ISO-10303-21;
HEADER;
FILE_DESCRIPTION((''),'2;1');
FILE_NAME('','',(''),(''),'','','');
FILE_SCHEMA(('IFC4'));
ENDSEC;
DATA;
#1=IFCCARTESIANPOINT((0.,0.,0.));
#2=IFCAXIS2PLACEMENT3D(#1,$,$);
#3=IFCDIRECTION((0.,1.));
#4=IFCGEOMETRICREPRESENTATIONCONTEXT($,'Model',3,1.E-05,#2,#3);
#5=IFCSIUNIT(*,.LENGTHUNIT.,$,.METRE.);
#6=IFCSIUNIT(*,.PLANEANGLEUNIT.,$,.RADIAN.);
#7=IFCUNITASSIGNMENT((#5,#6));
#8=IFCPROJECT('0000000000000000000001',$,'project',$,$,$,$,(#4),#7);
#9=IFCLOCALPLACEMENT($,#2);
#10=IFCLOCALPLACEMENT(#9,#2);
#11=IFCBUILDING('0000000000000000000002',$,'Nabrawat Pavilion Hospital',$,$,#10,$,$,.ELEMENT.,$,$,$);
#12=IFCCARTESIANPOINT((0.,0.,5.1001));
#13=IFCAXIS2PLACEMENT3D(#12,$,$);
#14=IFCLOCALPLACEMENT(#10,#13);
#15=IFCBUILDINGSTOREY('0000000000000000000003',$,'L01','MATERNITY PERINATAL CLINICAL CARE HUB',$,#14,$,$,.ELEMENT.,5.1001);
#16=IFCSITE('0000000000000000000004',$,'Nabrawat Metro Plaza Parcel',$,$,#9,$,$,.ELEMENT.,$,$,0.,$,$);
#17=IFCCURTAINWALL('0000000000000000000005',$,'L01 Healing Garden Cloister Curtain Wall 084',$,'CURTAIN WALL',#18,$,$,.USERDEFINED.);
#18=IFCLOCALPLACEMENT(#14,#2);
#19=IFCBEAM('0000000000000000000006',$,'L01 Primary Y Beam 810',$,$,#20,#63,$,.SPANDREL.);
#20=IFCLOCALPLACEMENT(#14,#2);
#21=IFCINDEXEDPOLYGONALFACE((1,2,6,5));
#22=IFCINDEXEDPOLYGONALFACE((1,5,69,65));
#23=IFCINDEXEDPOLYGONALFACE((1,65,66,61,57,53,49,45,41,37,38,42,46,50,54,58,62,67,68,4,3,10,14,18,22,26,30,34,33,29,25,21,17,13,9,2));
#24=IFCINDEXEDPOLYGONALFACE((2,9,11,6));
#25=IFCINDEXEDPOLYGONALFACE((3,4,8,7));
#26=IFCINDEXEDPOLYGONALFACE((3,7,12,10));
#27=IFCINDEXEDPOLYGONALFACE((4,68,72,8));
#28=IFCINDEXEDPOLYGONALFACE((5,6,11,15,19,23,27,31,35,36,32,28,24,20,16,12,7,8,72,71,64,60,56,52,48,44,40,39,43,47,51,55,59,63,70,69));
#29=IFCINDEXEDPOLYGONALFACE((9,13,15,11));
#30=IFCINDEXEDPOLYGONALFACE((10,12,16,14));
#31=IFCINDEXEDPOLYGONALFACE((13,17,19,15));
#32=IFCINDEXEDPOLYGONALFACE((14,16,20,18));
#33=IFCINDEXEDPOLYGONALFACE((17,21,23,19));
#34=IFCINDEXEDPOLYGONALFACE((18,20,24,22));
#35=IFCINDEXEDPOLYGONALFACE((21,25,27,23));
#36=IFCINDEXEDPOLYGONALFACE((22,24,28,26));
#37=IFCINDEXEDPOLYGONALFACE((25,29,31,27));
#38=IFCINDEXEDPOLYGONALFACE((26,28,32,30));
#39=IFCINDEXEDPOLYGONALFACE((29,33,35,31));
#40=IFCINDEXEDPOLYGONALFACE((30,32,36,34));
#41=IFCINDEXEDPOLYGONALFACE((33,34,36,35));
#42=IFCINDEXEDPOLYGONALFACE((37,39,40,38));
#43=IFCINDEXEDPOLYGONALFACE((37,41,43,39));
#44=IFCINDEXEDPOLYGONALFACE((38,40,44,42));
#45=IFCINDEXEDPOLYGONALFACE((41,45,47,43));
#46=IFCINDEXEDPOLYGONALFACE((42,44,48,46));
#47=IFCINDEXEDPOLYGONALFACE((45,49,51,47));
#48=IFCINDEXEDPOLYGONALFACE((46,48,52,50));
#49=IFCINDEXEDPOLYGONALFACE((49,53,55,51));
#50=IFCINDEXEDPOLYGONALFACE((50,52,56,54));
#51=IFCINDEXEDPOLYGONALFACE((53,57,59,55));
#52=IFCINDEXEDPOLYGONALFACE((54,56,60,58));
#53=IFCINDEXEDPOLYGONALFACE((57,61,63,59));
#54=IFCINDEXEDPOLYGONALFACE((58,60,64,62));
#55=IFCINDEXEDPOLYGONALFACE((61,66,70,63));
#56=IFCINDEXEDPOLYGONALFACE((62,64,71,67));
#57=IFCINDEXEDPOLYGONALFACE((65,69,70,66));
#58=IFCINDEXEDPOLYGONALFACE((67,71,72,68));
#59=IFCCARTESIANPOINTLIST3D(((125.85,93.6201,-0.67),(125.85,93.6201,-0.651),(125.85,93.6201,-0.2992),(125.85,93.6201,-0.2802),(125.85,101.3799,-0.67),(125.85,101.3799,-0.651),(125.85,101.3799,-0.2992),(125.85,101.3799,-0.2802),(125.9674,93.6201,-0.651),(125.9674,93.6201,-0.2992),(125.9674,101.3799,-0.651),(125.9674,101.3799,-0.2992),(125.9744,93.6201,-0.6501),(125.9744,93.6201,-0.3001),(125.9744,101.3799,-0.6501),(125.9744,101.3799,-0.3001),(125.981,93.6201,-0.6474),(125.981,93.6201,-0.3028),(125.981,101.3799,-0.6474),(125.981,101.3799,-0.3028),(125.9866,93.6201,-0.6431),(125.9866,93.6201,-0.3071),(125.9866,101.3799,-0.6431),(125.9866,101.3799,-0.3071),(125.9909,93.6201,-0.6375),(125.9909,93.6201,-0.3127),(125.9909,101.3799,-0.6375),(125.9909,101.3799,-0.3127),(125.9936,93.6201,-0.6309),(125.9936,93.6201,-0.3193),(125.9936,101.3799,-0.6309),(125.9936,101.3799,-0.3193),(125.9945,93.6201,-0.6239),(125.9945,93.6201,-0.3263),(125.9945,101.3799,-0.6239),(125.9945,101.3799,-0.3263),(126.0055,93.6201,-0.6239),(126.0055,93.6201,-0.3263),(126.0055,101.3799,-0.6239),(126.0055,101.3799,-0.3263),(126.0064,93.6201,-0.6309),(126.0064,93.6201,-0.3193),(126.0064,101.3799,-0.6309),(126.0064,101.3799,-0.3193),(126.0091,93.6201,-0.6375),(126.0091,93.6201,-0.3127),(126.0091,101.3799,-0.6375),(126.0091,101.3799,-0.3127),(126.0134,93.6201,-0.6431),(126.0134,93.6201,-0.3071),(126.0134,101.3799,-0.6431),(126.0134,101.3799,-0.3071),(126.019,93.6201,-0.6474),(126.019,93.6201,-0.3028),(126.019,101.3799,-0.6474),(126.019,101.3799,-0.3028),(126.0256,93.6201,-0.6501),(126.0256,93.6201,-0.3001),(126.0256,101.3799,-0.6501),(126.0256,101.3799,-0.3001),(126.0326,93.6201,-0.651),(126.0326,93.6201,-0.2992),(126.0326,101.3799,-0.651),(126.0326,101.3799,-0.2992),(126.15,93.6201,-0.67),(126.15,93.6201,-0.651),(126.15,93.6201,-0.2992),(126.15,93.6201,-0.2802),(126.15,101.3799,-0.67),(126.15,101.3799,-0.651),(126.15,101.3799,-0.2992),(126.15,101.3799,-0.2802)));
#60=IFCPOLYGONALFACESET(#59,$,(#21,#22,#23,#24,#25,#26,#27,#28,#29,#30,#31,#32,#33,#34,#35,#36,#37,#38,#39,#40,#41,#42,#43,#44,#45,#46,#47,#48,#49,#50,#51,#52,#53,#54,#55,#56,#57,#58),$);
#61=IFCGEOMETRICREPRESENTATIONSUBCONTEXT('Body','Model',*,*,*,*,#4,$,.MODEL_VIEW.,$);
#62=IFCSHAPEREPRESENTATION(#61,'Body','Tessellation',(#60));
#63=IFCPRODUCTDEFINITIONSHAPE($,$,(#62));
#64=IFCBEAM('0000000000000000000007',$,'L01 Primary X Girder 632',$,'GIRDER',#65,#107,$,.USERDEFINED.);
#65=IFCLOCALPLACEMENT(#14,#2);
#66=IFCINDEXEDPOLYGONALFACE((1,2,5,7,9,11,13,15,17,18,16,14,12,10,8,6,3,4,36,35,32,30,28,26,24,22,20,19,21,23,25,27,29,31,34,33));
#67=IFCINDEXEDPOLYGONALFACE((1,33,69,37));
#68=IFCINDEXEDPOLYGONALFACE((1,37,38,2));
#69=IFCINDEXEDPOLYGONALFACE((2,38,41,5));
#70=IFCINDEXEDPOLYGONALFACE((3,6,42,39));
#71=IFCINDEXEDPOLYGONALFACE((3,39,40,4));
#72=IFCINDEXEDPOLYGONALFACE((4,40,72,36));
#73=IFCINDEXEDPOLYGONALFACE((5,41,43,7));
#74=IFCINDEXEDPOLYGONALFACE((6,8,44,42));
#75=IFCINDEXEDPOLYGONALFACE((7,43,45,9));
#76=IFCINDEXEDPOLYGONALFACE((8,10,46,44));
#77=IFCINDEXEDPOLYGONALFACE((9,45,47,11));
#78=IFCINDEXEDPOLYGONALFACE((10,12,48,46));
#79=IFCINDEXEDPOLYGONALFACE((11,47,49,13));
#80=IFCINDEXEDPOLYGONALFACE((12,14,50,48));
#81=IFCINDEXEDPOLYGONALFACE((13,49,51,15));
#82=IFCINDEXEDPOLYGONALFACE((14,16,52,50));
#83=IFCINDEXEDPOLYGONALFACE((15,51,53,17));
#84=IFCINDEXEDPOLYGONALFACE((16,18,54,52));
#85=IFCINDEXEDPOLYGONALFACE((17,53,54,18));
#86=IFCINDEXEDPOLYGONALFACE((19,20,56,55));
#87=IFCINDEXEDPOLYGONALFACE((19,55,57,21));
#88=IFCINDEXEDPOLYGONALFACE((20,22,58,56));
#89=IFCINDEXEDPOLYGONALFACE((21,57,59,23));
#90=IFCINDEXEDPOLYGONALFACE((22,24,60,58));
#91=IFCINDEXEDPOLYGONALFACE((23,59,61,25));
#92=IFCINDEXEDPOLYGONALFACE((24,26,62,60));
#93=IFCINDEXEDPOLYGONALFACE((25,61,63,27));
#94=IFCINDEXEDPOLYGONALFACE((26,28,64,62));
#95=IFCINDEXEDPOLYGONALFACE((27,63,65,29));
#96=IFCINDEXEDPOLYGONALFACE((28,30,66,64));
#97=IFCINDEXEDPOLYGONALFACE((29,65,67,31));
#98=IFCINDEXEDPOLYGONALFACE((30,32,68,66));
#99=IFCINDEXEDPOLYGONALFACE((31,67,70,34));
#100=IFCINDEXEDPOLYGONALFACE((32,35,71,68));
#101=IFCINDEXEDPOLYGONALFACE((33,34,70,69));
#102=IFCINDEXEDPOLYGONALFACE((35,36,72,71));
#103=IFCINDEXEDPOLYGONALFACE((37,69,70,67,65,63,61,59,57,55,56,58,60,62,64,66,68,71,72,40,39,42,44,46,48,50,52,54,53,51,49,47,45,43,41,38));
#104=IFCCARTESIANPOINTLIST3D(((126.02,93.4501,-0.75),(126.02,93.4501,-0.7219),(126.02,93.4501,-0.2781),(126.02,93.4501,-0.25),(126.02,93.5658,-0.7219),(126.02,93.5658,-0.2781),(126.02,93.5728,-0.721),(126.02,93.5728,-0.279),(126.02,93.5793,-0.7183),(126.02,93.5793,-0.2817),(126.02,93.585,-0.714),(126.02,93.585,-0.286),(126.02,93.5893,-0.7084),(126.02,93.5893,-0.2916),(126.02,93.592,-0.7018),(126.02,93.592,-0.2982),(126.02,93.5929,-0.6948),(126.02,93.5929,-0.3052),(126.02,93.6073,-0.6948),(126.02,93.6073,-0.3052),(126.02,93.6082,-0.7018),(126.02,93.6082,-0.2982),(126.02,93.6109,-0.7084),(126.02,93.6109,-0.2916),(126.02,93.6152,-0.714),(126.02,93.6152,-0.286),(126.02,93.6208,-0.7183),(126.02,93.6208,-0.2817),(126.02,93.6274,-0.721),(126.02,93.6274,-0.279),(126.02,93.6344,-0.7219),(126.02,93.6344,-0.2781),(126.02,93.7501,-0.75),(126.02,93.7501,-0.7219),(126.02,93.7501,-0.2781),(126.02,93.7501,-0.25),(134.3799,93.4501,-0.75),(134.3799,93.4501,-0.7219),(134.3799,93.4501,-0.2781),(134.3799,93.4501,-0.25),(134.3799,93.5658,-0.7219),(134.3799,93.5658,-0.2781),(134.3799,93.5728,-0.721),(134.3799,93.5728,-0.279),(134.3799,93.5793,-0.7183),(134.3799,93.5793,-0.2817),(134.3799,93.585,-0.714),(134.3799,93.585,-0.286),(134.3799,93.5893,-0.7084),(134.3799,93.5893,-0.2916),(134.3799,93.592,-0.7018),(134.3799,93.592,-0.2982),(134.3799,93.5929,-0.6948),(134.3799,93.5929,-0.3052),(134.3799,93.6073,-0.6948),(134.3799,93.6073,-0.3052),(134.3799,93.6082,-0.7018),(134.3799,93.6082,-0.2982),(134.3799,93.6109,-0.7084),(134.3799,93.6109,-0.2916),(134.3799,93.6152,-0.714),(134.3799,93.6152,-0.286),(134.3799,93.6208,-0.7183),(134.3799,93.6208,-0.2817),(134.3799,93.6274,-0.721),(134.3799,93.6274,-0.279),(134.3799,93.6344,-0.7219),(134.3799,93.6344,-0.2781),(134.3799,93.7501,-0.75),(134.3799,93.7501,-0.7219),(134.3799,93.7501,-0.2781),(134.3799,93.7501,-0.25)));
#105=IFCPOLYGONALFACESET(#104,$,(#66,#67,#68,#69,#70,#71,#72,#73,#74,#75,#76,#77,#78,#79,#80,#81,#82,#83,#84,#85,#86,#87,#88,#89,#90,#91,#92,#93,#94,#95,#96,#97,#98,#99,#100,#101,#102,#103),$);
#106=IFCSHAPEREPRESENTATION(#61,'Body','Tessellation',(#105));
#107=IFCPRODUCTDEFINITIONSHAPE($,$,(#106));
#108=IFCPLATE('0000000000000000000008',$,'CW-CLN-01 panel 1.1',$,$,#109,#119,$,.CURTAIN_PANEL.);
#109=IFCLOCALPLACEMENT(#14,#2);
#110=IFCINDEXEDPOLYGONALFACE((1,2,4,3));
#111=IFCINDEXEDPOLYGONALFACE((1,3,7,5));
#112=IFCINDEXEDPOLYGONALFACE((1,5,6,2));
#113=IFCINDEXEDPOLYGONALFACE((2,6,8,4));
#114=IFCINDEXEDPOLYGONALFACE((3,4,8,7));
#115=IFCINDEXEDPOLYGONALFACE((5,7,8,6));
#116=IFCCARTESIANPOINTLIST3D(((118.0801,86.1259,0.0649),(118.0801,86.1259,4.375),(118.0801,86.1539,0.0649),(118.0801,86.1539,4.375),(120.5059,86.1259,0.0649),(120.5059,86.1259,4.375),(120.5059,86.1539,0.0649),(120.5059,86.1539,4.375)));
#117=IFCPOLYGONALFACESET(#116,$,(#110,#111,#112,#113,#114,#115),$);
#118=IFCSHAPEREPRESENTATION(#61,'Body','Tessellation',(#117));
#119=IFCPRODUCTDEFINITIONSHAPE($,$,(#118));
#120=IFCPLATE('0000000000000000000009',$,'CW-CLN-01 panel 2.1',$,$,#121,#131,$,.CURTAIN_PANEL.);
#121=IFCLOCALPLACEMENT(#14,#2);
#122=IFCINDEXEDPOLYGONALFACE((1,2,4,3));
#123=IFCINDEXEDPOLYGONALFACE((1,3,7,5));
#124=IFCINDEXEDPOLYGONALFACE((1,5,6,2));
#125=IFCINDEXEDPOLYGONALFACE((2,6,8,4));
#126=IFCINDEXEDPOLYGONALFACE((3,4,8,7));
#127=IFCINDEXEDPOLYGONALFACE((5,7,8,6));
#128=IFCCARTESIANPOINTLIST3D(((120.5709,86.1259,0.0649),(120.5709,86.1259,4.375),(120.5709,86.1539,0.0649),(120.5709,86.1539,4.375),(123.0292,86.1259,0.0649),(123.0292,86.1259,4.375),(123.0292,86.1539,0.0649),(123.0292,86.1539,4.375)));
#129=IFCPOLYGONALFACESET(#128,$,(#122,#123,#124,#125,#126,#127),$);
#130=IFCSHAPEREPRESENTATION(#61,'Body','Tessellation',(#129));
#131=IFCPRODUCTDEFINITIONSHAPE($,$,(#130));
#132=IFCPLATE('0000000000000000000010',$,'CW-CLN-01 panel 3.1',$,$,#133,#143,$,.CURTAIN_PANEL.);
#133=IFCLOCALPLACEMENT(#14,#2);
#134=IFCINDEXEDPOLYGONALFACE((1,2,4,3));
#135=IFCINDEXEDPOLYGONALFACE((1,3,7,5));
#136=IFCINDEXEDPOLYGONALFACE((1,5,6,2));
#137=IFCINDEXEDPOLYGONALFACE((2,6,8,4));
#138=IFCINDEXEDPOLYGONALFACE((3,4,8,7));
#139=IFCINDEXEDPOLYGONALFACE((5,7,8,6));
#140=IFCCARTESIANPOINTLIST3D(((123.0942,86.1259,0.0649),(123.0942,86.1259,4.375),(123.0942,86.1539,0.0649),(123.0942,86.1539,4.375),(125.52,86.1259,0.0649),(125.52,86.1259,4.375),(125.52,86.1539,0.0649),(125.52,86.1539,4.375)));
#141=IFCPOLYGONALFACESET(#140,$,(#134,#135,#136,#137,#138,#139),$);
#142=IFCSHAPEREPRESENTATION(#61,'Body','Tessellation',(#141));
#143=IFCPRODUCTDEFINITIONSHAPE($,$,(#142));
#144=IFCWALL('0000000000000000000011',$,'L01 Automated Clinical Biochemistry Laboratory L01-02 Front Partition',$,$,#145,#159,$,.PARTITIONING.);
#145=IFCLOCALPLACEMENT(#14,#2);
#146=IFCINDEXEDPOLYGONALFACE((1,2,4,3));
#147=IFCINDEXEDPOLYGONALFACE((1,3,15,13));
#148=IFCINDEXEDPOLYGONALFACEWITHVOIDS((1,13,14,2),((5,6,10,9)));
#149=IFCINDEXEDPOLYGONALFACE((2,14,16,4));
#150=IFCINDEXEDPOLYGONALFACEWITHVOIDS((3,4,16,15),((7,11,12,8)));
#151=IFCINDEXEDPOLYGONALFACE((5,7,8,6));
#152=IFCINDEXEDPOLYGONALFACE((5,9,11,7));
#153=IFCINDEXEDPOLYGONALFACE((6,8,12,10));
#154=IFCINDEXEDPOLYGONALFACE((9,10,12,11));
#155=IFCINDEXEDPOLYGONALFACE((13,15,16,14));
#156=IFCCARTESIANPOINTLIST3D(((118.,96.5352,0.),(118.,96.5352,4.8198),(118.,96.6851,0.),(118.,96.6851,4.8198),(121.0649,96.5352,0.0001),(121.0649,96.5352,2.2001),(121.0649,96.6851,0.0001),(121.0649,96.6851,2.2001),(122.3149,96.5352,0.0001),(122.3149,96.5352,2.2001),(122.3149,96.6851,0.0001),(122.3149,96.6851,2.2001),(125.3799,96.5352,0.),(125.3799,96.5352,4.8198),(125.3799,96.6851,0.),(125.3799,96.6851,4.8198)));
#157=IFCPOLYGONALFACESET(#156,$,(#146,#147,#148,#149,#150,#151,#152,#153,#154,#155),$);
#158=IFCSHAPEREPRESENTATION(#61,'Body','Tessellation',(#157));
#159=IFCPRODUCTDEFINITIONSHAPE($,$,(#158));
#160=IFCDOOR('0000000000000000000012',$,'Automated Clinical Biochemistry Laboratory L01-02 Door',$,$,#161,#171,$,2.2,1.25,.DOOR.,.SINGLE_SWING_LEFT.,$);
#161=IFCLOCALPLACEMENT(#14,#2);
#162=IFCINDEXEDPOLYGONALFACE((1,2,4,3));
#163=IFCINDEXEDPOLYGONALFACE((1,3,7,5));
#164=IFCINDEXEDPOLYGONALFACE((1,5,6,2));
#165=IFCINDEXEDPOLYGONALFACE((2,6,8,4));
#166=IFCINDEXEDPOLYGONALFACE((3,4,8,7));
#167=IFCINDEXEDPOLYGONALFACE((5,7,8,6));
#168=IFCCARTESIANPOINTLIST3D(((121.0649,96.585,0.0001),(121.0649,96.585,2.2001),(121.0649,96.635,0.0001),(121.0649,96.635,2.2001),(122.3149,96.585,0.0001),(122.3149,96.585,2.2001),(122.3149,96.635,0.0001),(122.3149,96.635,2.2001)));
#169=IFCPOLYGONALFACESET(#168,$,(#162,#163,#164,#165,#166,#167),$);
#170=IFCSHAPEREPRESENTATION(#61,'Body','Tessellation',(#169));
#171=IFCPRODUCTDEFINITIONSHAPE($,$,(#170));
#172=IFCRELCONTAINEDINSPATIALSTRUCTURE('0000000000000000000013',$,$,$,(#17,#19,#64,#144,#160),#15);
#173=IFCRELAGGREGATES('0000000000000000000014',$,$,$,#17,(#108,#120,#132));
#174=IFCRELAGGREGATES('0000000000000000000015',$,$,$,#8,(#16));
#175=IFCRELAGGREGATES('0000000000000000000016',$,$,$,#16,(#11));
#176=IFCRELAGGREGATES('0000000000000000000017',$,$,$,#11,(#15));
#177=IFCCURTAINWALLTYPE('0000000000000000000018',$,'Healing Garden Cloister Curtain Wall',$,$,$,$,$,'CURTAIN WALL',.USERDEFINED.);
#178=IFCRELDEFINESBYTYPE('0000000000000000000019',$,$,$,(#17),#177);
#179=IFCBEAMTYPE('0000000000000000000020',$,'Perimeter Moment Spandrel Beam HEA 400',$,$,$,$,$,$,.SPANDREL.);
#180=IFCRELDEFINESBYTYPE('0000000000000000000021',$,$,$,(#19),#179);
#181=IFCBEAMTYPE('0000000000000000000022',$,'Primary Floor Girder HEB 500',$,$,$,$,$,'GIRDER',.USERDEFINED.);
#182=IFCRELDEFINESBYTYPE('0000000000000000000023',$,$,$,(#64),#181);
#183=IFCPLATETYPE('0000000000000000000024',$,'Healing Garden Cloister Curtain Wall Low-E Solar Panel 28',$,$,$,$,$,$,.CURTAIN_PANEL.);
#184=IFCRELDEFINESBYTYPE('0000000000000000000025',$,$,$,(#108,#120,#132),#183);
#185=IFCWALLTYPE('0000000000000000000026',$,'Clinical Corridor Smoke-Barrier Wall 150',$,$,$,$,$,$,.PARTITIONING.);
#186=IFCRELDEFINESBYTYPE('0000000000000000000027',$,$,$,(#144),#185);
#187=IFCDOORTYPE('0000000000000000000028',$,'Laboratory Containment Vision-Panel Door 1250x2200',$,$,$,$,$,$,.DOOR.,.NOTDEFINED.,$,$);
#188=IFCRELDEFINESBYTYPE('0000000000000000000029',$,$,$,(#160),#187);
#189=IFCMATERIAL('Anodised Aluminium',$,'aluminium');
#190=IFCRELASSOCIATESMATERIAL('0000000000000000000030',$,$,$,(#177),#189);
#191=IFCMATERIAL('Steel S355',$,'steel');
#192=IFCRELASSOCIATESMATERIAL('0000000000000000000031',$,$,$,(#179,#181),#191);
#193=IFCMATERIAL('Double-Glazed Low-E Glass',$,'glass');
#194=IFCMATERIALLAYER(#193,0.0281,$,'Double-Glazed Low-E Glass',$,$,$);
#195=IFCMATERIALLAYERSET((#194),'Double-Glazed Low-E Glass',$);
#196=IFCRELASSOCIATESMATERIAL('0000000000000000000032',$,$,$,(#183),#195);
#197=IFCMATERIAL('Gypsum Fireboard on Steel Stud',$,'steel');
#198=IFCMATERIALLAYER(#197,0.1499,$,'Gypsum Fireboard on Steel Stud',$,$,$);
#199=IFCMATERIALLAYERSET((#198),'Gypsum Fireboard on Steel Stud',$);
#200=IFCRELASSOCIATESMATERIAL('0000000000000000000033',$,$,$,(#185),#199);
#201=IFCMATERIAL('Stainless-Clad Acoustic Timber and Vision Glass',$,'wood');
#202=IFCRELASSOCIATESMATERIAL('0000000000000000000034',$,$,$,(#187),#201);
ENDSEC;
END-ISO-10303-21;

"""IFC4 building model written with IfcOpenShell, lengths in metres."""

from ifc_helpers import new_model, si_unit, direction, frame, frame_2d, origin, origin_2d, place, context, subcontext, project, spatial, rectangle, i_section, extrude, material, layer, layer_set, material_profile, profile_set, type_object, element, fill, aggregate, save


model = new_model("IFC4")

# Units and contexts
model_context = context("Model", 3, precision=1e-05, world=origin(), true_north=direction((0.0, 1.0)))
body_context = subcontext(model_context, "Body", "Model", "MODEL_VIEW")
ifc_project = project(units=[si_unit("LENGTHUNIT", "METRE"), si_unit("PLANEANGLEUNIT", "RADIAN")], contexts=[model_context])

# Site, building, storey
site_placement = place(None, origin())
site = spatial("IfcSite", under=ifc_project, at=site_placement, Name="Nabrawat Metro Plaza Parcel", CompositionType="ELEMENT", RefElevation=0.0)
building_placement = place(site_placement, origin())
building = spatial("IfcBuilding", under=site, at=building_placement, Name="Nabrawat Pavilion Hospital", CompositionType="ELEMENT")
storey_placement = place(building_placement, frame((0.0, 0.0, 5.1001)))
storey = spatial("IfcBuildingStorey", under=building, at=storey_placement, Name="L01", Description="MATERNITY PERINATAL CLINICAL CARE HUB", CompositionType="ELEMENT", Elevation=5.1001)

# Curtain wall
ifc_material_1 = material(Name="Anodised Aluminium", Category="aluminium")
curtain_wall_type = type_object("IfcCurtainWallType", Name="Healing Garden Cloister Curtain Wall", ElementType="CURTAIN WALL", PredefinedType="USERDEFINED", material=ifc_material_1)
curtain_wall_placement = place(storey_placement, origin())
curtain_wall = element("IfcCurtainWall", 1, at=curtain_wall_placement, inside=storey, type_object=curtain_wall_type, Name="L01 Healing Garden Cloister Curtain Wall 084", ObjectType="CURTAIN WALL", PredefinedType="USERDEFINED")

# Beams
ifc_material_2 = material(Name="Steel S355", Category="steel")
ifc_material_profile_1 = material_profile(ifc_material_2, i_section(OverallWidth=0.3, OverallDepth=0.3899, WebThickness=0.011, FlangeThickness=0.019, FilletRadius=0.0271, at=origin_2d()), Name="HEA 400")
ifc_profile_set_1 = profile_set([ifc_material_profile_1], Name="Steel S355")
beam_type_1 = type_object("IfcBeamType", Name="Perimeter Moment Spandrel Beam HEA 400", PredefinedType="SPANDREL", material=ifc_profile_set_1)
beam_1_placement = place(storey_placement, frame((126.0, 93.6201, -0.4751), z_axis=(0.0, 1.0, 0.0), x_axis=(-1.0, 0.0, 0.0)))
element("IfcBeam", 2, at=beam_1_placement, inside=storey, type_object=beam_type_1, Name="L01 Primary Y Beam 810", PredefinedType="SPANDREL", context=body_context, shape_type="SweptSolid", body=[
    extrude(i_section(OverallWidth=0.3, OverallDepth=0.3899, WebThickness=0.011, FlangeThickness=0.019, FilletRadius=0.0271, at=origin_2d()), origin(), (0.0, 0.0, 1.0), 7.7598),
])
ifc_material_profile_2 = material_profile(ifc_material_2, i_section(OverallWidth=0.3, OverallDepth=0.5, WebThickness=0.0144, FlangeThickness=0.0281, FilletRadius=0.0271, at=origin_2d()), Name="HEB 500")
ifc_profile_set_2 = profile_set([ifc_material_profile_2], Name="Steel S355")
beam_type_2 = type_object("IfcBeamType", Name="Primary Floor Girder HEB 500", ElementType="GIRDER", PredefinedType="USERDEFINED", material=ifc_profile_set_2)
beam_2_placement = place(storey_placement, frame((126.02, 93.6001, -0.5), z_axis=(1.0, 0.0, 0.0), x_axis=(0.0, 1.0, 0.0)))
element("IfcBeam", 3, at=beam_2_placement, inside=storey, type_object=beam_type_2, Name="L01 Primary X Girder 632", ObjectType="GIRDER", PredefinedType="USERDEFINED", context=body_context, shape_type="SweptSolid", body=[
    extrude(i_section(OverallWidth=0.3, OverallDepth=0.5, WebThickness=0.0144, FlangeThickness=0.0281, FilletRadius=0.0271, at=origin_2d()), origin(), (0.0, 0.0, 1.0), 8.3599),
])

# Plates
ifc_material_3 = material(Name="Double-Glazed Low-E Glass", Category="glass")
ifc_layer_1 = layer(ifc_material_3, 0.0281, Name="Double-Glazed Low-E Glass")
ifc_layer_set_1 = layer_set([ifc_layer_1], Name="Double-Glazed Low-E Glass")
plate_type = type_object("IfcPlateType", Name="Healing Garden Cloister Curtain Wall Low-E Solar Panel 28", PredefinedType="CURTAIN_PANEL", material=ifc_layer_set_1)
plate_1_placement = place(storey_placement, frame((119.293, 86.1399, 0.0649), z_axis=(0.0, 0.0, 1.0), x_axis=(1.0, 0.0, 0.0)))
plate_1 = element("IfcPlate", 4, at=plate_1_placement, type_object=plate_type, Name="CW-CLN-01 panel 1.1", PredefinedType="CURTAIN_PANEL", context=body_context, shape_type="SweptSolid", body=[
    extrude(rectangle(XDim=2.4258, YDim=0.0281, at=origin_2d()), origin(), (0.0, 0.0, 1.0), 4.3101),
])
plate_2_placement = place(storey_placement, frame((121.8, 86.1399, 0.0649), z_axis=(0.0, 0.0, 1.0), x_axis=(1.0, 0.0, 0.0)))
plate_2 = element("IfcPlate", 5, at=plate_2_placement, type_object=plate_type, Name="CW-CLN-01 panel 2.1", PredefinedType="CURTAIN_PANEL", context=body_context, shape_type="SweptSolid", body=[
    extrude(rectangle(XDim=2.4583, YDim=0.0281, at=origin_2d()), origin(), (0.0, 0.0, 1.0), 4.3101),
])
plate_3_placement = place(storey_placement, frame((124.3071, 86.1399, 0.0649), z_axis=(0.0, 0.0, 1.0), x_axis=(1.0, 0.0, 0.0)))
plate_3 = element("IfcPlate", 6, at=plate_3_placement, type_object=plate_type, Name="CW-CLN-01 panel 3.1", PredefinedType="CURTAIN_PANEL", context=body_context, shape_type="SweptSolid", body=[
    extrude(rectangle(XDim=2.4258, YDim=0.0281, at=origin_2d()), origin(), (0.0, 0.0, 1.0), 4.3101),
])
aggregate(curtain_wall, [plate_1, plate_2, plate_3])

# Wall, opening, door
ifc_material_4 = material(Name="Gypsum Fireboard on Steel Stud", Category="steel")
ifc_layer_2 = layer(ifc_material_4, 0.1499, Name="Gypsum Fireboard on Steel Stud")
ifc_layer_set_2 = layer_set([ifc_layer_2], Name="Gypsum Fireboard on Steel Stud")
wall_type = type_object("IfcWallType", Name="Clinical Corridor Smoke-Barrier Wall 150", PredefinedType="PARTITIONING", material=ifc_layer_set_2)
wall_1_placement = place(storey_placement, frame((118.0, 96.6101, 0.0), z_axis=(0.0, 0.0, 1.0), x_axis=(1.0, 0.0, 0.0)))
wall_1 = element("IfcWall", 7, at=wall_1_placement, inside=storey, type_object=wall_type, Name="L01 Automated Clinical Biochemistry Laboratory L01-02 Front Partition", PredefinedType="PARTITIONING", context=body_context, shape_type="SweptSolid", body=[
    extrude(rectangle(XDim=7.3799, YDim=0.1499, at=frame_2d((3.6899, 0.0))), origin(), (0.0, 0.0, 1.0), 4.8198),
])
opening_1_placement = place(wall_1_placement, frame((3.0649, 0.0, 0.0)))
opening_1 = element("IfcOpeningElement", 8, at=opening_1_placement, cuts=wall_1, PredefinedType="OPENING", context=body_context, shape_type="SweptSolid", body=[
    extrude(rectangle(XDim=1.25, YDim=2.2, at=frame_2d((0.625, 1.1001))), frame((0.0, 0.085, 0.0), z_axis=(0.0, -1.0, 0.0), x_axis=(1.0, 0.0, 0.0)), (0.0, 0.0, 1.0), 0.1699),
])
ifc_material_5 = material(Name="Stainless-Clad Acoustic Timber and Vision Glass", Category="wood")
door_type = type_object("IfcDoorType", Name="Laboratory Containment Vision-Panel Door 1250x2200", OperationType="NOTDEFINED", PredefinedType="DOOR", material=ifc_material_5)
door_1_placement = place(opening_1_placement, origin())
door_1 = element("IfcDoor", 9, at=door_1_placement, inside=storey, type_object=door_type, Name="Automated Clinical Biochemistry Laboratory L01-02 Door", OperationType="SINGLE_SWING_LEFT", OverallHeight=2.2, OverallWidth=1.25, PredefinedType="DOOR", context=body_context, shape_type="SweptSolid", body=[
    extrude(rectangle(XDim=1.25, YDim=2.2, at=frame_2d((0.625, 1.1001))), frame((0.0, 0.0249, 0.0), z_axis=(0.0, -1.0, 0.0), x_axis=(1.0, 0.0, 0.0)), (0.0, 0.0, 1.0), 0.05),
])
fill(opening_1, door_1)

save(model, "model.ifc")
